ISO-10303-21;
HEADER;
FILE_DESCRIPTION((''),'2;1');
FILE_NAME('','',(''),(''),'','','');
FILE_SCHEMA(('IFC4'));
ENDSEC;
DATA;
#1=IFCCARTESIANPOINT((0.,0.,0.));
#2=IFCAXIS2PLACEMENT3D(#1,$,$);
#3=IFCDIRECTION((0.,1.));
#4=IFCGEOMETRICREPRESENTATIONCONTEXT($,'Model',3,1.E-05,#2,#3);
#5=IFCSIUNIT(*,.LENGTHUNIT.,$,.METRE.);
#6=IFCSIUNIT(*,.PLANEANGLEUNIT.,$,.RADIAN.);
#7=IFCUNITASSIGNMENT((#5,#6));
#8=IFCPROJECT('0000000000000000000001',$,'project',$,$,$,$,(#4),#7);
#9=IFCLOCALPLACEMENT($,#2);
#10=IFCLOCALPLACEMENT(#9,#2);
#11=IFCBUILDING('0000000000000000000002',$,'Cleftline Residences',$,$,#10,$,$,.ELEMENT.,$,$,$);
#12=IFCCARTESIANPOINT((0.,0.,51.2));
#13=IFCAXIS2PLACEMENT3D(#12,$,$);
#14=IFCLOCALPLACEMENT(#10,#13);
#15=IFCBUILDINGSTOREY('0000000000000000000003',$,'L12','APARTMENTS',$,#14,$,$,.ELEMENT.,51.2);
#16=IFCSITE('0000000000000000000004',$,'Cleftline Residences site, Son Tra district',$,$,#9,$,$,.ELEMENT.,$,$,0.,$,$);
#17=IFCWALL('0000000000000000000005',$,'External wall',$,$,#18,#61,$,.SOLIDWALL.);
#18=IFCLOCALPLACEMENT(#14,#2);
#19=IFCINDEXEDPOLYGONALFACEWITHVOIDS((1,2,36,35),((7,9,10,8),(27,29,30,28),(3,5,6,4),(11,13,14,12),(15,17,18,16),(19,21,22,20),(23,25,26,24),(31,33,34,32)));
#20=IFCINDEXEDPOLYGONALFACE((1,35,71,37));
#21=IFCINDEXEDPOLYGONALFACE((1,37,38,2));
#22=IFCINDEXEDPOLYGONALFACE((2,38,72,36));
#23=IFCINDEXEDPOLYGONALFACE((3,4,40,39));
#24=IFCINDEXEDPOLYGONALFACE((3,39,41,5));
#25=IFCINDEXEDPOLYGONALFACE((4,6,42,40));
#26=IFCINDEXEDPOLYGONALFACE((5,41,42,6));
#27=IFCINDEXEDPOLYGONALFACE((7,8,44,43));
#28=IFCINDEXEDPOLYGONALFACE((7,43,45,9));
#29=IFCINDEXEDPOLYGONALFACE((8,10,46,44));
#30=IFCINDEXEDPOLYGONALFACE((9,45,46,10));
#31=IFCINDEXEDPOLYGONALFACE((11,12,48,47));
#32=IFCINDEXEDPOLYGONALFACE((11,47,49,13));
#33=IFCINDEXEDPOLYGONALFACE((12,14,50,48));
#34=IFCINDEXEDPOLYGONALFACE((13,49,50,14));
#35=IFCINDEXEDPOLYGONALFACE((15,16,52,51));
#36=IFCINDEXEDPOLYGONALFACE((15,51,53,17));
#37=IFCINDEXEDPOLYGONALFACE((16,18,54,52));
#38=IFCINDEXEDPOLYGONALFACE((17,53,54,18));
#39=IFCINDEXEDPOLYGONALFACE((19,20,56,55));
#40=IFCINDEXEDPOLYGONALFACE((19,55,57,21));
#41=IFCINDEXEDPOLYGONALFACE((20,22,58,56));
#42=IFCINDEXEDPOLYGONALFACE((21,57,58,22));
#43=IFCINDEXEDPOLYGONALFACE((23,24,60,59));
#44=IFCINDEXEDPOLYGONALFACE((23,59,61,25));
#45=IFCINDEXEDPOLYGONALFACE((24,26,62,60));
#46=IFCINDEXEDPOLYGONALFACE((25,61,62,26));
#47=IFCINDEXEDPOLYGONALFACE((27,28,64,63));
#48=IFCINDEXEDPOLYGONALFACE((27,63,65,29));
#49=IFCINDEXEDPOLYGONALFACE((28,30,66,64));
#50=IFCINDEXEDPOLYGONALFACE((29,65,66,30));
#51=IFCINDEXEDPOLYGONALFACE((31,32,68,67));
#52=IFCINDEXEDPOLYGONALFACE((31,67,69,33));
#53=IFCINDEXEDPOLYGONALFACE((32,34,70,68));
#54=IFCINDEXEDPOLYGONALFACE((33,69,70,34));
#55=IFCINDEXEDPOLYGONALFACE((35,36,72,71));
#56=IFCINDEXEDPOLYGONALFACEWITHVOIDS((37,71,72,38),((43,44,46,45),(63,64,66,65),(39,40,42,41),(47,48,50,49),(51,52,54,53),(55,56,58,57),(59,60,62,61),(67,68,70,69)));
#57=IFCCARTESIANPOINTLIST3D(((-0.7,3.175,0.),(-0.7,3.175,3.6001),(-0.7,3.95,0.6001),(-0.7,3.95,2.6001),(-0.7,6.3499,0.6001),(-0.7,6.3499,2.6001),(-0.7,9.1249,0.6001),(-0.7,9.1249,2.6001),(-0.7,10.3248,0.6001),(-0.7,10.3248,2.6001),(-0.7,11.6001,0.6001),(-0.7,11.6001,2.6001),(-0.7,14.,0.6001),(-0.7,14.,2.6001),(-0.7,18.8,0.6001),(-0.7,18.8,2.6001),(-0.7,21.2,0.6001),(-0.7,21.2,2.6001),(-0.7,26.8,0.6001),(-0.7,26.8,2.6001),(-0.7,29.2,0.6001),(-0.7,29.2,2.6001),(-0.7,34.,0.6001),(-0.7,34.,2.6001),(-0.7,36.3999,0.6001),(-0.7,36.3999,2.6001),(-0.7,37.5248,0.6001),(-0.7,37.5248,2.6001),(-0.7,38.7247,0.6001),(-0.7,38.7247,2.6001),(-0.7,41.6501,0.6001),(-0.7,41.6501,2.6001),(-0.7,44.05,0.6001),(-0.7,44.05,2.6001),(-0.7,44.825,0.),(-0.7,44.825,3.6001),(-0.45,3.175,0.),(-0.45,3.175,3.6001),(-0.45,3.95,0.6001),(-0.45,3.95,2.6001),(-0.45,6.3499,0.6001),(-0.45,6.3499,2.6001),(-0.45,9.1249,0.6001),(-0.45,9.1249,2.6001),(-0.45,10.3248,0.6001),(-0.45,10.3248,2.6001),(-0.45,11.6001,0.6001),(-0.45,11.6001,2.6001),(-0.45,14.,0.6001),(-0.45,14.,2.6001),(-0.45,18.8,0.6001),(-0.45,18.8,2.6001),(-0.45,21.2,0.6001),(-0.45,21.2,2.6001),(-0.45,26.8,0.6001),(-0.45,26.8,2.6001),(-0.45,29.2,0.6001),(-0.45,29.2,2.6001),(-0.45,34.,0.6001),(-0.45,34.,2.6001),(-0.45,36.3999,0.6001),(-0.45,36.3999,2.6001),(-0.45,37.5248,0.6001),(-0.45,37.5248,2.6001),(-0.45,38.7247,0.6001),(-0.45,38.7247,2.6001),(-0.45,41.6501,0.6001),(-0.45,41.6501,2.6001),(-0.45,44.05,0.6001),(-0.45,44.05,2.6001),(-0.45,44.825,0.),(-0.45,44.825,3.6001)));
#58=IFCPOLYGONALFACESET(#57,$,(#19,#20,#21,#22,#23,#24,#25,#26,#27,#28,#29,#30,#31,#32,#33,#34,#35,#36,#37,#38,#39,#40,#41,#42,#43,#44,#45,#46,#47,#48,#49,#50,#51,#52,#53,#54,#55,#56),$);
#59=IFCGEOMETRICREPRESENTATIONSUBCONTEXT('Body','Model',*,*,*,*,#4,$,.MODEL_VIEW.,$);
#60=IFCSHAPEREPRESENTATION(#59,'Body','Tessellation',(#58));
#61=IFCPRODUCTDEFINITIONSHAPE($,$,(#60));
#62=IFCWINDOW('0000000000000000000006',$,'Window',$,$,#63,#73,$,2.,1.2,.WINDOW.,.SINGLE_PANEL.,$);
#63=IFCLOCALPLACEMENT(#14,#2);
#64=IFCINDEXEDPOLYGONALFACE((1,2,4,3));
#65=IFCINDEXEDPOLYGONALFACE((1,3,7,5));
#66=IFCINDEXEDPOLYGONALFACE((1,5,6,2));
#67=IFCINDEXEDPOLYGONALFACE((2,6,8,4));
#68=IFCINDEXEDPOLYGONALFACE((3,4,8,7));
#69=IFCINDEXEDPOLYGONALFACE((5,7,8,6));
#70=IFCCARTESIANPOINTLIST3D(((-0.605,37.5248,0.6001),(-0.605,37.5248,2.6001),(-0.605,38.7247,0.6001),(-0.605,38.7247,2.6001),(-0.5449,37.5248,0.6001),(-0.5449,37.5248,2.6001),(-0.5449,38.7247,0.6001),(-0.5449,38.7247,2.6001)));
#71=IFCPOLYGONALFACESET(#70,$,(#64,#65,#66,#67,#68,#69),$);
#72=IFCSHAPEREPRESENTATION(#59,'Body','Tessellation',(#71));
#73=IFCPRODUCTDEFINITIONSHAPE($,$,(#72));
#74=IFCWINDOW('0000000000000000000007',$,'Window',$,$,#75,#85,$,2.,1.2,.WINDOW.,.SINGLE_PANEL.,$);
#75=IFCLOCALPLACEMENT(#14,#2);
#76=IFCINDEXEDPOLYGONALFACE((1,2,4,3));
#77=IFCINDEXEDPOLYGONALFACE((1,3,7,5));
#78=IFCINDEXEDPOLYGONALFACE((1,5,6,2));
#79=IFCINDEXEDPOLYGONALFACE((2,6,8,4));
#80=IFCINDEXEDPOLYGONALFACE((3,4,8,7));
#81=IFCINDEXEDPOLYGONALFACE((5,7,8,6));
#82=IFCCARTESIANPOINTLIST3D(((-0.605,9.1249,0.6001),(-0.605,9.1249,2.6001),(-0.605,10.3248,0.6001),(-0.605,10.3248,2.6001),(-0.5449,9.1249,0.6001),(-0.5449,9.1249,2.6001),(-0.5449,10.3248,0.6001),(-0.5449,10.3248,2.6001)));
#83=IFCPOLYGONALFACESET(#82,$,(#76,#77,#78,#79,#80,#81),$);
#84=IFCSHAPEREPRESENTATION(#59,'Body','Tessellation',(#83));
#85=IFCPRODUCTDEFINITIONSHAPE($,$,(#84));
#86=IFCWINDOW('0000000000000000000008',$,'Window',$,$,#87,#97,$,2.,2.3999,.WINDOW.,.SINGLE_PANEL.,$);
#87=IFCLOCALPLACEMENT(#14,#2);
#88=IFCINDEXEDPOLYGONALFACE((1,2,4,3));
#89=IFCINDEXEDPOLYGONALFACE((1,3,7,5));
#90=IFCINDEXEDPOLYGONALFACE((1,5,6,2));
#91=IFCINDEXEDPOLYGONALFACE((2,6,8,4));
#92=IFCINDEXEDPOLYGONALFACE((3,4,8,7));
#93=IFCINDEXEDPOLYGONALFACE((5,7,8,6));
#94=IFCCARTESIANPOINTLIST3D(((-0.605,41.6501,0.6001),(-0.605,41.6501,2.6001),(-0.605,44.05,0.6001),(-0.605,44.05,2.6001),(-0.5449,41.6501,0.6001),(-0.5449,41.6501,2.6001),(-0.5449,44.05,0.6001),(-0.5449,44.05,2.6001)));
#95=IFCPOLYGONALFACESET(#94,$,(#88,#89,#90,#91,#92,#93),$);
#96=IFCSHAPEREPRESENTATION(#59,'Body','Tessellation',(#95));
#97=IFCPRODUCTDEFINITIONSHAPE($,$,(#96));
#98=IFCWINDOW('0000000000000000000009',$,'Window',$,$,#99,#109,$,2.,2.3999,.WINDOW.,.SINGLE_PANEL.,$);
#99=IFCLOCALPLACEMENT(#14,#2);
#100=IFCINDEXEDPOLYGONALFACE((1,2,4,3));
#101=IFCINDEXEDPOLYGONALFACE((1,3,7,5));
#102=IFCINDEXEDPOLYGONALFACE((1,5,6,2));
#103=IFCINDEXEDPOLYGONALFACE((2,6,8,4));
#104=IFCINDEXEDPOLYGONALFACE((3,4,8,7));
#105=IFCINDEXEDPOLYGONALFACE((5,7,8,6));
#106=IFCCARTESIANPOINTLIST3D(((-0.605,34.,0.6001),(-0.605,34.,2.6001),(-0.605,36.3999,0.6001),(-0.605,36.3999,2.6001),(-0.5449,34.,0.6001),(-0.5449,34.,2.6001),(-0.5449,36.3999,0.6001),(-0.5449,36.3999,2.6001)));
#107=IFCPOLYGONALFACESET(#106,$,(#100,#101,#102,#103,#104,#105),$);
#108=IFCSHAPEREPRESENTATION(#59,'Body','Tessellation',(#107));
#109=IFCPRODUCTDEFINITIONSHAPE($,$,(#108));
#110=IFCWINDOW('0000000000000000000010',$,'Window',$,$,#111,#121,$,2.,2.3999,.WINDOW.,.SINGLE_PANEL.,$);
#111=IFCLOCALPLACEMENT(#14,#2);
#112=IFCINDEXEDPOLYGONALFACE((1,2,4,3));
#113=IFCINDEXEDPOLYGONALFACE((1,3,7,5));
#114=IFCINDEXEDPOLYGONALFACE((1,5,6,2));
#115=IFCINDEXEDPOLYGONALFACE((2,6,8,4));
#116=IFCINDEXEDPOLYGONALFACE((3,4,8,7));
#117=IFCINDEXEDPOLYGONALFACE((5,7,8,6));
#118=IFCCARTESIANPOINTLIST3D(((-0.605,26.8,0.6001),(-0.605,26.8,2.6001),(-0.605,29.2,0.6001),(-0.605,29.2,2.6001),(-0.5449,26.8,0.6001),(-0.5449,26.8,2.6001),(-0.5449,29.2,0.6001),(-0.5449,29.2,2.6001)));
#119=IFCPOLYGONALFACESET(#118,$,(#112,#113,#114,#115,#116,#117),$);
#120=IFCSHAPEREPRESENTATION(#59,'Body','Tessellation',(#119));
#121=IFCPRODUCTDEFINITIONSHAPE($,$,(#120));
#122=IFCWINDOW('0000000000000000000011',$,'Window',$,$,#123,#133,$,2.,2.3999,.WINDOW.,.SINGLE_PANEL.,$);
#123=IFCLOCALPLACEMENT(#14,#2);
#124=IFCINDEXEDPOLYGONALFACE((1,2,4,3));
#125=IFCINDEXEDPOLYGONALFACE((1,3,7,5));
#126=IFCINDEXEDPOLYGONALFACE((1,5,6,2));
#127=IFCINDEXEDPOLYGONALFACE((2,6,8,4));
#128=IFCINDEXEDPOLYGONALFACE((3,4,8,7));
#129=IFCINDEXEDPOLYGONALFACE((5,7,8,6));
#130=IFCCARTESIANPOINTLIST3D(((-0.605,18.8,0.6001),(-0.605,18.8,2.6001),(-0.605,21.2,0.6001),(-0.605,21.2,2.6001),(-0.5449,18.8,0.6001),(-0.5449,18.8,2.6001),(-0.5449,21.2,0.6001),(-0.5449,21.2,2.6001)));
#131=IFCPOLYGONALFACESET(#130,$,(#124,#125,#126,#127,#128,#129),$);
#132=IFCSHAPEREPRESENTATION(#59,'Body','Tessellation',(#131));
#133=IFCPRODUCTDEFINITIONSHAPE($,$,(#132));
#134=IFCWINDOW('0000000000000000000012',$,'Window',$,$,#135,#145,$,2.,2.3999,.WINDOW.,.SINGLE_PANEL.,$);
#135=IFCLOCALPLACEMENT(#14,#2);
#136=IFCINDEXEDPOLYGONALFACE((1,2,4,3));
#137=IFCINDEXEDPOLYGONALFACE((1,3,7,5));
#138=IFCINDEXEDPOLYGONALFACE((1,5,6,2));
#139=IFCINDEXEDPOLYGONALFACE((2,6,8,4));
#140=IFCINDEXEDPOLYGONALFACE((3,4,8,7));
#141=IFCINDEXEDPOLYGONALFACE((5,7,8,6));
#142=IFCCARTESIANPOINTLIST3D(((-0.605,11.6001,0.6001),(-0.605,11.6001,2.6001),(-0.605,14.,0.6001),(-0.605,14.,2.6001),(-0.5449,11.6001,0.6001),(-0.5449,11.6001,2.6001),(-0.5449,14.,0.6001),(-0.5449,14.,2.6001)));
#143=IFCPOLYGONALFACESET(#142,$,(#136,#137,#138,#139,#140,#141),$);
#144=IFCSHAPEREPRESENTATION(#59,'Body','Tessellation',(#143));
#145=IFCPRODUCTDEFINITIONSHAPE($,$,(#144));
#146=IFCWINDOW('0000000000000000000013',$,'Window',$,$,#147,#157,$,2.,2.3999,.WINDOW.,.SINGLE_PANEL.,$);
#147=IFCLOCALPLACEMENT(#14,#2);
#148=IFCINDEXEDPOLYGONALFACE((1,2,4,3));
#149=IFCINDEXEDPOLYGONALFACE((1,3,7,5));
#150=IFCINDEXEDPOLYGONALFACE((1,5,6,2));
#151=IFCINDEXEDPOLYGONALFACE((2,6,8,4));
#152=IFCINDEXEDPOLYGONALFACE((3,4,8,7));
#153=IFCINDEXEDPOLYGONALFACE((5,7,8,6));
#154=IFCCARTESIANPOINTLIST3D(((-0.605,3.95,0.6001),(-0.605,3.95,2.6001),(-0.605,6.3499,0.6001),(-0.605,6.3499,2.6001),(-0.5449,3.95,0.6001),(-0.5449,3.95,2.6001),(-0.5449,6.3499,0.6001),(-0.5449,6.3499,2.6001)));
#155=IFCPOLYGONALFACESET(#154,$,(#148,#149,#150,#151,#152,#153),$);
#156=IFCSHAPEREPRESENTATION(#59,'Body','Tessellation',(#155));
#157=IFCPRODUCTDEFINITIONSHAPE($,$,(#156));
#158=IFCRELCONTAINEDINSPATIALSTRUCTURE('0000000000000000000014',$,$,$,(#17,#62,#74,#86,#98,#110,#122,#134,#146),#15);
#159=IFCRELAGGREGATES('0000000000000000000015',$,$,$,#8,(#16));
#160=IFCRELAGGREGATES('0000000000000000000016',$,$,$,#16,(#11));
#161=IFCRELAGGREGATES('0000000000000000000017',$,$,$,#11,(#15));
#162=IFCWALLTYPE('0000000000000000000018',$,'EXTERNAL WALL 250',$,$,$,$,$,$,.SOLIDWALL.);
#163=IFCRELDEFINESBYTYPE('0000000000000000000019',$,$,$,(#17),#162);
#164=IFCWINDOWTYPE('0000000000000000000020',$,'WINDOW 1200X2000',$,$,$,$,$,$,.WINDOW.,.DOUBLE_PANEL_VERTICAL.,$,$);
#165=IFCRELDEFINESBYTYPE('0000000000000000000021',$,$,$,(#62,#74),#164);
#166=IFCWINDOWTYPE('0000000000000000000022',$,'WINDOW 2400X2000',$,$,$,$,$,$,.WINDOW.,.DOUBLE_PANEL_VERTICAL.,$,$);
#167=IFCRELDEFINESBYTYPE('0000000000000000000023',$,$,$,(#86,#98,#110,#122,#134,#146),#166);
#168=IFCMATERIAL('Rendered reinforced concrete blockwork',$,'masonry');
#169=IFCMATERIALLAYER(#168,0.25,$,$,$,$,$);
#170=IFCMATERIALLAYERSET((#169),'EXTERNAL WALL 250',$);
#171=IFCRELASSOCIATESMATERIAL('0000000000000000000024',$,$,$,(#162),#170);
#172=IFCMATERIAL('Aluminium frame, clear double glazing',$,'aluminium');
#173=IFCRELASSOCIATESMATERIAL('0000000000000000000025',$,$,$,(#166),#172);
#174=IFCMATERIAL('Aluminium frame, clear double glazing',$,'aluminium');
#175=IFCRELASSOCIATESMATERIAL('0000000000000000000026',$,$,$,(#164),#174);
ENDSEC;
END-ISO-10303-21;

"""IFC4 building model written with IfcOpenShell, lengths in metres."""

from ifc_helpers import new_model, si_unit, direction, frame, frame_2d, origin, place, context, subcontext, project, spatial, rectangle, extrude, material, layer, layer_set, type_object, element, fill, save


model = new_model("IFC4")

# Units and contexts
model_context = context("Model", 3, precision=1e-05, world=origin(), true_north=direction((0.0, 1.0)))
body_context = subcontext(model_context, "Body", "Model", "MODEL_VIEW")
ifc_project = project(units=[si_unit("LENGTHUNIT", "METRE"), si_unit("PLANEANGLEUNIT", "RADIAN")], contexts=[model_context])

# Site, building, storey
site_placement = place(None, origin())
site = spatial("IfcSite", under=ifc_project, at=site_placement, Name="Cleftline Residences site, Son Tra district", CompositionType="ELEMENT", RefElevation=0.0)
building_placement = place(site_placement, origin())
building = spatial("IfcBuilding", under=site, at=building_placement, Name="Cleftline Residences", CompositionType="ELEMENT")
storey_placement = place(building_placement, frame((0.0, 0.0, 51.2)))
storey = spatial("IfcBuildingStorey", under=building, at=storey_placement, Name="L12", Description="APARTMENTS", CompositionType="ELEMENT", Elevation=51.2)

# Shared definitions
ifc_material_1 = material(Name="Rendered reinforced concrete blockwork", Category="masonry")
ifc_layer_1 = layer(ifc_material_1, 0.25)
ifc_layer_set_1 = layer_set([ifc_layer_1], Name="EXTERNAL WALL 250")
wall_type_1 = type_object("IfcWallType", Name="EXTERNAL WALL 250", PredefinedType="SOLIDWALL", material=ifc_layer_set_1)
ifc_material_2 = material(Name="Aluminium frame, clear double glazing", Category="aluminium")
window_type_1 = type_object("IfcWindowType", Name="WINDOW 2400X2000", PartitioningType="DOUBLE_PANEL_VERTICAL", PredefinedType="WINDOW", material=ifc_material_2)

# Wall, openings, windows
wall_1_placement = place(storey_placement, frame((-0.575, 44.825, 0.0), z_axis=(0.0, 0.0, 1.0), x_axis=(0.0, -1.0, 0.0)))
wall_1 = element("IfcWall", 1, at=wall_1_placement, inside=storey, type_object=wall_type_1, Name="External wall", PredefinedType="SOLIDWALL", context=body_context, shape_type="SweptSolid", body=[
    extrude(rectangle(XDim=41.6499, YDim=0.25, at=frame_2d((20.825, 0.0))), origin(), (0.0, 0.0, 1.0), 3.6001),
])
opening_1_placement = place(wall_1_placement, frame((0.7749, 0.0, 0.6001)))
opening_1 = element("IfcOpeningElement", 2, at=opening_1_placement, cuts=wall_1, PredefinedType="OPENING", context=body_context, shape_type="SweptSolid", body=[
    extrude(rectangle(XDim=2.3999, YDim=2.0, at=frame_2d((1.2, 1.0))), frame((0.0, 0.135, 0.0), z_axis=(0.0, -1.0, 0.0), x_axis=(1.0, 0.0, 0.0)), (0.0, 0.0, 1.0), 0.27),
])
opening_2_placement = place(wall_1_placement, frame((6.1001, 0.0, 0.6001)))
opening_2 = element("IfcOpeningElement", 3, at=opening_2_placement, cuts=wall_1, PredefinedType="OPENING", context=body_context, shape_type="SweptSolid", body=[
    extrude(rectangle(XDim=1.2, YDim=2.0, at=frame_2d((0.6001, 1.0))), frame((0.0, 0.135, 0.0), z_axis=(0.0, -1.0, 0.0), x_axis=(1.0, 0.0, 0.0)), (0.0, 0.0, 1.0), 0.27),
])
opening_3_placement = place(wall_1_placement, frame((8.425, 0.0, 0.6001)))
opening_3 = element("IfcOpeningElement", 4, at=opening_3_placement, cuts=wall_1, PredefinedType="OPENING", context=body_context, shape_type="SweptSolid", body=[
    extrude(rectangle(XDim=2.3999, YDim=2.0, at=frame_2d((1.2, 1.0))), frame((0.0, 0.135, 0.0), z_axis=(0.0, -1.0, 0.0), x_axis=(1.0, 0.0, 0.0)), (0.0, 0.0, 1.0), 0.27),
])
opening_4_placement = place(wall_1_placement, frame((15.625, 0.0, 0.6001)))
opening_4 = element("IfcOpeningElement", 5, at=opening_4_placement, cuts=wall_1, PredefinedType="OPENING", context=body_context, shape_type="SweptSolid", body=[
    extrude(rectangle(XDim=2.3999, YDim=2.0, at=frame_2d((1.2, 1.0))), frame((0.0, 0.135, 0.0), z_axis=(0.0, -1.0, 0.0), x_axis=(1.0, 0.0, 0.0)), (0.0, 0.0, 1.0), 0.27),
])
opening_5_placement = place(wall_1_placement, frame((23.625, 0.0, 0.6001)))
opening_5 = element("IfcOpeningElement", 6, at=opening_5_placement, cuts=wall_1, PredefinedType="OPENING", context=body_context, shape_type="SweptSolid", body=[
    extrude(rectangle(XDim=2.3999, YDim=2.0, at=frame_2d((1.2, 1.0))), frame((0.0, 0.135, 0.0), z_axis=(0.0, -1.0, 0.0), x_axis=(1.0, 0.0, 0.0)), (0.0, 0.0, 1.0), 0.27),
])
opening_6_placement = place(wall_1_placement, frame((30.825, 0.0, 0.6001)))
opening_6 = element("IfcOpeningElement", 7, at=opening_6_placement, cuts=wall_1, PredefinedType="OPENING", context=body_context, shape_type="SweptSolid", body=[
    extrude(rectangle(XDim=2.3999, YDim=2.0, at=frame_2d((1.2, 1.0))), frame((0.0, 0.135, 0.0), z_axis=(0.0, -1.0, 0.0), x_axis=(1.0, 0.0, 0.0)), (0.0, 0.0, 1.0), 0.27),
])
opening_7_placement = place(wall_1_placement, frame((34.5, 0.0, 0.6001)))
opening_7 = element("IfcOpeningElement", 8, at=opening_7_placement, cuts=wall_1, PredefinedType="OPENING", context=body_context, shape_type="SweptSolid", body=[
    extrude(rectangle(XDim=1.2, YDim=2.0, at=frame_2d((0.6001, 1.0))), frame((0.0, 0.135, 0.0), z_axis=(0.0, -1.0, 0.0), x_axis=(1.0, 0.0, 0.0)), (0.0, 0.0, 1.0), 0.27),
])
opening_8_placement = place(wall_1_placement, frame((38.4751, 0.0, 0.6001)))
opening_8 = element("IfcOpeningElement", 9, at=opening_8_placement, cuts=wall_1, PredefinedType="OPENING", context=body_context, shape_type="SweptSolid", body=[
    extrude(rectangle(XDim=2.3999, YDim=2.0, at=frame_2d((1.2, 1.0))), frame((0.0, 0.135, 0.0), z_axis=(0.0, -1.0, 0.0), x_axis=(1.0, 0.0, 0.0)), (0.0, 0.0, 1.0), 0.27),
])
ifc_material_3 = material(Name="Aluminium frame, clear double glazing", Category="aluminium")
window_type_2 = type_object("IfcWindowType", Name="WINDOW 1200X2000", PartitioningType="DOUBLE_PANEL_VERTICAL", PredefinedType="WINDOW", material=ifc_material_3)
window_1_placement = place(opening_2_placement, origin())
window_1 = element("IfcWindow", 10, at=window_1_placement, inside=storey, type_object=window_type_2, Name="Window", OverallHeight=2.0, OverallWidth=1.2, PartitioningType="SINGLE_PANEL", PredefinedType="WINDOW", context=body_context, shape_type="SweptSolid", body=[
    extrude(rectangle(XDim=1.2, YDim=2.0, at=frame_2d((0.6001, 1.0))), frame((0.0, 0.03, 0.0), z_axis=(0.0, -1.0, 0.0), x_axis=(1.0, 0.0, 0.0)), (0.0, 0.0, 1.0), 0.0601),
])
fill(opening_2, window_1)
window_2_placement = place(opening_7_placement, origin())
window_2 = element("IfcWindow", 11, at=window_2_placement, inside=storey, type_object=window_type_2, Name="Window", OverallHeight=2.0, OverallWidth=1.2, PartitioningType="SINGLE_PANEL", PredefinedType="WINDOW", context=body_context, shape_type="SweptSolid", body=[
    extrude(rectangle(XDim=1.2, YDim=2.0, at=frame_2d((0.6001, 1.0))), frame((0.0, 0.03, 0.0), z_axis=(0.0, -1.0, 0.0), x_axis=(1.0, 0.0, 0.0)), (0.0, 0.0, 1.0), 0.0601),
])
fill(opening_7, window_2)
window_3_placement = place(opening_1_placement, origin())
window_3 = element("IfcWindow", 12, at=window_3_placement, inside=storey, type_object=window_type_1, Name="Window", OverallHeight=2.0, OverallWidth=2.3999, PartitioningType="SINGLE_PANEL", PredefinedType="WINDOW", context=body_context, shape_type="SweptSolid", body=[
    extrude(rectangle(XDim=2.3999, YDim=2.0, at=frame_2d((1.2, 1.0))), frame((0.0, 0.03, 0.0), z_axis=(0.0, -1.0, 0.0), x_axis=(1.0, 0.0, 0.0)), (0.0, 0.0, 1.0), 0.0601),
])
fill(opening_1, window_3)
window_4_placement = place(opening_3_placement, origin())
window_4 = element("IfcWindow", 13, at=window_4_placement, inside=storey, type_object=window_type_1, Name="Window", OverallHeight=2.0, OverallWidth=2.3999, PartitioningType="SINGLE_PANEL", PredefinedType="WINDOW", context=body_context, shape_type="SweptSolid", body=[
    extrude(rectangle(XDim=2.3999, YDim=2.0, at=frame_2d((1.2, 1.0))), frame((0.0, 0.03, 0.0), z_axis=(0.0, -1.0, 0.0), x_axis=(1.0, 0.0, 0.0)), (0.0, 0.0, 1.0), 0.0601),
])
fill(opening_3, window_4)
window_5_placement = place(opening_4_placement, origin())
window_5 = element("IfcWindow", 14, at=window_5_placement, inside=storey, type_object=window_type_1, Name="Window", OverallHeight=2.0, OverallWidth=2.3999, PartitioningType="SINGLE_PANEL", PredefinedType="WINDOW", context=body_context, shape_type="SweptSolid", body=[
    extrude(rectangle(XDim=2.3999, YDim=2.0, at=frame_2d((1.2, 1.0))), frame((0.0, 0.03, 0.0), z_axis=(0.0, -1.0, 0.0), x_axis=(1.0, 0.0, 0.0)), (0.0, 0.0, 1.0), 0.0601),
])
fill(opening_4, window_5)
window_6_placement = place(opening_5_placement, origin())
window_6 = element("IfcWindow", 15, at=window_6_placement, inside=storey, type_object=window_type_1, Name="Window", OverallHeight=2.0, OverallWidth=2.3999, PartitioningType="SINGLE_PANEL", PredefinedType="WINDOW", context=body_context, shape_type="SweptSolid", body=[
    extrude(rectangle(XDim=2.3999, YDim=2.0, at=frame_2d((1.2, 1.0))), frame((0.0, 0.03, 0.0), z_axis=(0.0, -1.0, 0.0), x_axis=(1.0, 0.0, 0.0)), (0.0, 0.0, 1.0), 0.0601),
])
fill(opening_5, window_6)
window_7_placement = place(opening_6_placement, origin())
window_7 = element("IfcWindow", 16, at=window_7_placement, inside=storey, type_object=window_type_1, Name="Window", OverallHeight=2.0, OverallWidth=2.3999, PartitioningType="SINGLE_PANEL", PredefinedType="WINDOW", context=body_context, shape_type="SweptSolid", body=[
    extrude(rectangle(XDim=2.3999, YDim=2.0, at=frame_2d((1.2, 1.0))), frame((0.0, 0.03, 0.0), z_axis=(0.0, -1.0, 0.0), x_axis=(1.0, 0.0, 0.0)), (0.0, 0.0, 1.0), 0.0601),
])
fill(opening_6, window_7)
window_8_placement = place(opening_8_placement, origin())
window_8 = element("IfcWindow", 17, at=window_8_placement, inside=storey, type_object=window_type_1, Name="Window", OverallHeight=2.0, OverallWidth=2.3999, PartitioningType="SINGLE_PANEL", PredefinedType="WINDOW", context=body_context, shape_type="SweptSolid", body=[
    extrude(rectangle(XDim=2.3999, YDim=2.0, at=frame_2d((1.2, 1.0))), frame((0.0, 0.03, 0.0), z_axis=(0.0, -1.0, 0.0), x_axis=(1.0, 0.0, 0.0)), (0.0, 0.0, 1.0), 0.0601),
])
fill(opening_8, window_8)

save(model, "model.ifc")
